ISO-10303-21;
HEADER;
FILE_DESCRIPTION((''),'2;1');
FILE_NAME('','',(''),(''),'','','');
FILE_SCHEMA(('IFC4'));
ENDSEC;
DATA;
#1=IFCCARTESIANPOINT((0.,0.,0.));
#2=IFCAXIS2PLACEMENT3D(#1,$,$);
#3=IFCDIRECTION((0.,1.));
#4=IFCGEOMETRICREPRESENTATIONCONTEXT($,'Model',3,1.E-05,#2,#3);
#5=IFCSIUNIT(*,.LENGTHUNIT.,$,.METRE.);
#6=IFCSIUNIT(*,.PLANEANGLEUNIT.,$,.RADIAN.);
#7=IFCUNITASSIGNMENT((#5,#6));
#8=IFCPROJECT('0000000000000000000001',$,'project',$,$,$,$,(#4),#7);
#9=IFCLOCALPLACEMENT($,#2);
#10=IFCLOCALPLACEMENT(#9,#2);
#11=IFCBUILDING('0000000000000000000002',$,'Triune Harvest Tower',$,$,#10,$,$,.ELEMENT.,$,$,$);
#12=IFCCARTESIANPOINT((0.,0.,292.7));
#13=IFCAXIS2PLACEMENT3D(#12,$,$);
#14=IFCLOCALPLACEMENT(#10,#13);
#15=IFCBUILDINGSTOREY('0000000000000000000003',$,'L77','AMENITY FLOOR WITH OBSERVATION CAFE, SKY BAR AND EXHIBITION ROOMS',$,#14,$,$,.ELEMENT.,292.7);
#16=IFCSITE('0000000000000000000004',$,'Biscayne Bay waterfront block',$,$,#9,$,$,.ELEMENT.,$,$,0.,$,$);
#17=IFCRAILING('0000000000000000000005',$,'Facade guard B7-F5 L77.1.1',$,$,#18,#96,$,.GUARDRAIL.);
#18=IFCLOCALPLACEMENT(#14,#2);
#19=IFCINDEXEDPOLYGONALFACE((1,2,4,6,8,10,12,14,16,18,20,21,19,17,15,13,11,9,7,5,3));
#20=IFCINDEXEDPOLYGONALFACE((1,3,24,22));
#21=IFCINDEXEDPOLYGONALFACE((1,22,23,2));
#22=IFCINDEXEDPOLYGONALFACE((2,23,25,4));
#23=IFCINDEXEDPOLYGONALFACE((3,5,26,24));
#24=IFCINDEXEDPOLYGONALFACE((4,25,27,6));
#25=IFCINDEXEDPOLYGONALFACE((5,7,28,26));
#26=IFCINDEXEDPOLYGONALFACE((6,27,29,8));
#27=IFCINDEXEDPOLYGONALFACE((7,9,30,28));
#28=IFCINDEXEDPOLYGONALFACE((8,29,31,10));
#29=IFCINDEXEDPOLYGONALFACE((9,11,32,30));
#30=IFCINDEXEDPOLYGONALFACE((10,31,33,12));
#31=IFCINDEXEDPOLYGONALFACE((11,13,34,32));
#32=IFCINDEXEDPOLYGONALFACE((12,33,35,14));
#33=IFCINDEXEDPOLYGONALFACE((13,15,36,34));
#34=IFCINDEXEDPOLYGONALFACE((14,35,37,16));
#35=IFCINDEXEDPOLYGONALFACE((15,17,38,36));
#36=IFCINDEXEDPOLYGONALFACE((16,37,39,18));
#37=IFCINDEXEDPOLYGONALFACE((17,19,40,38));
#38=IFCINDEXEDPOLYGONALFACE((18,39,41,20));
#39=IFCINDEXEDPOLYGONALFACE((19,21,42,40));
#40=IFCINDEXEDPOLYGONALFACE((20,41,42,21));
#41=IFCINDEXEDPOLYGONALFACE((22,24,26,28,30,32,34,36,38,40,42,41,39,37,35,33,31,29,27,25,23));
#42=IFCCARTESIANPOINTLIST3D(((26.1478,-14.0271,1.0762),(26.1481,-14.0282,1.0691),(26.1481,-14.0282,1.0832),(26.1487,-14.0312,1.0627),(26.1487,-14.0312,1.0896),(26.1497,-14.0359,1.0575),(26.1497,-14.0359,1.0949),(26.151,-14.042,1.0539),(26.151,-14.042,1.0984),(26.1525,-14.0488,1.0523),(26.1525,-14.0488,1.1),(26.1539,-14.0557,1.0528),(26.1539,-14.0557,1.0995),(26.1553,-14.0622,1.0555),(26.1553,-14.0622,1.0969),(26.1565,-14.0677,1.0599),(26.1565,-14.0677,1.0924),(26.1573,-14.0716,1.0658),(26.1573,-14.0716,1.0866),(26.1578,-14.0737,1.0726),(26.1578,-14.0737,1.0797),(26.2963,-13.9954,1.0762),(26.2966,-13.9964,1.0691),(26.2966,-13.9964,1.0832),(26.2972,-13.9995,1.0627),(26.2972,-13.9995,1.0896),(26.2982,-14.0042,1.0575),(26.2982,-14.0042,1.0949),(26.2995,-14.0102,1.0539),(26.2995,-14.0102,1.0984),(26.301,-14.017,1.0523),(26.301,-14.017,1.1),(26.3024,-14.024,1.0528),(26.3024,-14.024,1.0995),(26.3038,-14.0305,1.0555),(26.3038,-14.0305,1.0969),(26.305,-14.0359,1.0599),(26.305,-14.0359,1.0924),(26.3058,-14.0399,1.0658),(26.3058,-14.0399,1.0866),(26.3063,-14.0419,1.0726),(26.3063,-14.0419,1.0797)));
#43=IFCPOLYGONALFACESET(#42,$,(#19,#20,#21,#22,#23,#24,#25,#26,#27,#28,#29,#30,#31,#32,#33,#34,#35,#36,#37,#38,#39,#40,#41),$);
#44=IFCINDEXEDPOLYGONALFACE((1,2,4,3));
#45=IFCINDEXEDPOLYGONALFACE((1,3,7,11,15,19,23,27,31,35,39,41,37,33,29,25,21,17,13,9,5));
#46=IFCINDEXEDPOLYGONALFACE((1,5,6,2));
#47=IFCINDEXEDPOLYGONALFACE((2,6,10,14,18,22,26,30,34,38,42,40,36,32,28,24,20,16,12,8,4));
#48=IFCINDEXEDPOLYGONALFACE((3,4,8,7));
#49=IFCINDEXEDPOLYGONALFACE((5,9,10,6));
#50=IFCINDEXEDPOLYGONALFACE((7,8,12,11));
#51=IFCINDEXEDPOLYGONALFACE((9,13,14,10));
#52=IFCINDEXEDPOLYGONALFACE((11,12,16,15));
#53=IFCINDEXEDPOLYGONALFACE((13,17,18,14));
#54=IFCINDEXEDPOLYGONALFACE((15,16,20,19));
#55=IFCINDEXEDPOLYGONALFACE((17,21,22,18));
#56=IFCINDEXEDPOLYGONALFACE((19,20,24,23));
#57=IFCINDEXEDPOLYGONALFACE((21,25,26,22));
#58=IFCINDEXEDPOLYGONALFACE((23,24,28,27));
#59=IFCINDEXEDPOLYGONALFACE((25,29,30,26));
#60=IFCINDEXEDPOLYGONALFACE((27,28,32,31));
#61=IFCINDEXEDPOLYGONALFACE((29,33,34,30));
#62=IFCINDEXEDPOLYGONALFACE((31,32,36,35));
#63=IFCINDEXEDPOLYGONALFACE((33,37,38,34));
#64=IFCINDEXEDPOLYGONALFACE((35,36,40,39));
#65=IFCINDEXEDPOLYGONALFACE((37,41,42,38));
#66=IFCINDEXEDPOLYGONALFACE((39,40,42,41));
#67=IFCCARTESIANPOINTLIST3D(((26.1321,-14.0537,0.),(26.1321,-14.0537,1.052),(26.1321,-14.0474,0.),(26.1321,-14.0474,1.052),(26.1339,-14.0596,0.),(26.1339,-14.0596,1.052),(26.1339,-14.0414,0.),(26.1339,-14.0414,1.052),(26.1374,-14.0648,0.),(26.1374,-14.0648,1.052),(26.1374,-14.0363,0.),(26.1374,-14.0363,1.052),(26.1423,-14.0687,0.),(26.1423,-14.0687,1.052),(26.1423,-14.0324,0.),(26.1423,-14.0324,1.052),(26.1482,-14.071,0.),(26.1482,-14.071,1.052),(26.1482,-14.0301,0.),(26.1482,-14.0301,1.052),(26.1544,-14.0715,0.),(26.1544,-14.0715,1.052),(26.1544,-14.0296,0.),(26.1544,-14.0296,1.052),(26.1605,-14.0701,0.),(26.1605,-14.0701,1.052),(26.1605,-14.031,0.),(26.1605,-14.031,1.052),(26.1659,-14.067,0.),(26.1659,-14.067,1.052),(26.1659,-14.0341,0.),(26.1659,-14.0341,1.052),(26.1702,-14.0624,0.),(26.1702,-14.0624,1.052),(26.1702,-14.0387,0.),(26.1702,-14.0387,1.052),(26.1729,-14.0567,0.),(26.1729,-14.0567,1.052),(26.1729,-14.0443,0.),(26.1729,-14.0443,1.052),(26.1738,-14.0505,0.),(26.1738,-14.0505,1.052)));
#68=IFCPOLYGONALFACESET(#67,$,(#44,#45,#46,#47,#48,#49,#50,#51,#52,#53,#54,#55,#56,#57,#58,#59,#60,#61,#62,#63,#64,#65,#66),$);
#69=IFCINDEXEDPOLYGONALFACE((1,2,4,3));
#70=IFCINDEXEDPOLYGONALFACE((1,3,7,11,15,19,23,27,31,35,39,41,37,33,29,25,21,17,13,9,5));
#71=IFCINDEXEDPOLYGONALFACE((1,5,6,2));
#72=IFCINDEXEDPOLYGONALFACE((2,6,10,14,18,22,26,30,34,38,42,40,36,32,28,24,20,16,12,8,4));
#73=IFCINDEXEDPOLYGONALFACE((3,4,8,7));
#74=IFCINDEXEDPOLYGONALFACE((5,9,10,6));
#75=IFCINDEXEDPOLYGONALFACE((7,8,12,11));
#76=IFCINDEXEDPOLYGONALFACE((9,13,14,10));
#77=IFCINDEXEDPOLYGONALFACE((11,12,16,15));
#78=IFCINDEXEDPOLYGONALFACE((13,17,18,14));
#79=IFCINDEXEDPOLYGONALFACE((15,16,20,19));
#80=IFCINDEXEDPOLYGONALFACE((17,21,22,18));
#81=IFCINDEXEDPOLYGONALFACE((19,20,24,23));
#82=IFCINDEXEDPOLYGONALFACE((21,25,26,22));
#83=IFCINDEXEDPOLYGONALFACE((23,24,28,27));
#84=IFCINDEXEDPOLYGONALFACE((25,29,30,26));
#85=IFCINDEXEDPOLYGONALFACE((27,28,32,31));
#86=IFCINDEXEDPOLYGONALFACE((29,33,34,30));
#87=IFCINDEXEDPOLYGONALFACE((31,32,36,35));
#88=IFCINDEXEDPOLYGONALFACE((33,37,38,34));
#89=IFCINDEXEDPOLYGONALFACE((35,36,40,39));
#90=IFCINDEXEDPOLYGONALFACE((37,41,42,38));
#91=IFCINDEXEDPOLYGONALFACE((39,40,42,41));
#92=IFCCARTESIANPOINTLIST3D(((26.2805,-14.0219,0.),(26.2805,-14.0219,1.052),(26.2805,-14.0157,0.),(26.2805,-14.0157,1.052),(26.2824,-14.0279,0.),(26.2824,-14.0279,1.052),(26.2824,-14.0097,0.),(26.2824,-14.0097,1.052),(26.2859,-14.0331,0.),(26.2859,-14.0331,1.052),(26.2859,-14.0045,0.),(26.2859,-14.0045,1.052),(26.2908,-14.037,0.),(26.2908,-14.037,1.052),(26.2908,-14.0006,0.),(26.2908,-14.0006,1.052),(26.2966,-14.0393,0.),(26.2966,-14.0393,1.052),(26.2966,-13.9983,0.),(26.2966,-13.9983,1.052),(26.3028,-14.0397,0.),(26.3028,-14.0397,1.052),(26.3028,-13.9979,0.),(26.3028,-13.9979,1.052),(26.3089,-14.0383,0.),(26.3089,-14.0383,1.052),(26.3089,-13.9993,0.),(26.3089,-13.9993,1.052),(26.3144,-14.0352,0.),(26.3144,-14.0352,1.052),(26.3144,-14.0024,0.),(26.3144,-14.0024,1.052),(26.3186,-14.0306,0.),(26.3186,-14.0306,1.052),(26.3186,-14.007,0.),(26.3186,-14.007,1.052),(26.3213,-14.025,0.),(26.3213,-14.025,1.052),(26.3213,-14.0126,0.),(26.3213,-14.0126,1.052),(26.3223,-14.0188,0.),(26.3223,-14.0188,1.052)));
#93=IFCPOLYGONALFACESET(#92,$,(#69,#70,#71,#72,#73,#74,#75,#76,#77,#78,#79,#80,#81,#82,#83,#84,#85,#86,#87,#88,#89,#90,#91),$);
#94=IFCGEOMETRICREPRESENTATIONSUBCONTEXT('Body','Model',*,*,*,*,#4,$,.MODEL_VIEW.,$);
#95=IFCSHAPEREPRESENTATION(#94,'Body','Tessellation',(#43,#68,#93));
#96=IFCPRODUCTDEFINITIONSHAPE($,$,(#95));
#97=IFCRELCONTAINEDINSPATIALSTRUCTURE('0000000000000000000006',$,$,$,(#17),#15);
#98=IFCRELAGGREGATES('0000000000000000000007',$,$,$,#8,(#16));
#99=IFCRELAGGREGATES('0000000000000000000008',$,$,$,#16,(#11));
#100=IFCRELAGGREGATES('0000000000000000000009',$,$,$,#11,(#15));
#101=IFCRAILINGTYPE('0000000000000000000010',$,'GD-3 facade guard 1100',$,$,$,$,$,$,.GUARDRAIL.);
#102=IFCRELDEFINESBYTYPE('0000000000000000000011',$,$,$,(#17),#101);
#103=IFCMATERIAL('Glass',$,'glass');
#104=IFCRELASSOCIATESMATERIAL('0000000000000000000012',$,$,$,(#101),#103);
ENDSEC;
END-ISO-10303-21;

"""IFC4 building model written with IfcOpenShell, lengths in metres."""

from ifc_helpers import new_model, si_unit, direction, frame, origin, origin_2d, place, context, subcontext, project, spatial, circle, extrude, material, type_object, element, save


model = new_model("IFC4")

# Units and contexts
model_context = context("Model", 3, precision=1e-05, world=origin(), true_north=direction((0.0, 1.0)))
body_context = subcontext(model_context, "Body", "Model", "MODEL_VIEW")
ifc_project = project(units=[si_unit("LENGTHUNIT", "METRE"), si_unit("PLANEANGLEUNIT", "RADIAN")], contexts=[model_context])

# Site, building, storey
site_placement = place(None, origin())
site = spatial("IfcSite", under=ifc_project, at=site_placement, Name="Biscayne Bay waterfront block", CompositionType="ELEMENT", RefElevation=0.0)
building_placement = place(site_placement, origin())
building = spatial("IfcBuilding", under=site, at=building_placement, Name="Triune Harvest Tower", CompositionType="ELEMENT")
storey_placement = place(building_placement, frame((0.0, 0.0, 292.7)))
storey = spatial("IfcBuildingStorey", under=building, at=storey_placement, Name="L77", Description="AMENITY FLOOR WITH OBSERVATION CAFE, SKY BAR AND EXHIBITION ROOMS", CompositionType="ELEMENT", Elevation=292.7)

# Railing
ifc_material_1 = material(Name="Glass", Category="glass")
railing_type = type_object("IfcRailingType", Name="GD-3 facade guard 1100", PredefinedType="GUARDRAIL", material=ifc_material_1)
railing_placement = place(storey_placement, frame((26.1528, -14.0505, 0.0)))
element("IfcRailing", 1, at=railing_placement, inside=storey, type_object=railing_type, Name="Facade guard B7-F5 L77.1.1", PredefinedType="GUARDRAIL", context=body_context, shape_type="SweptSolid", body=[
    extrude(circle(Radius=0.0239, at=origin_2d()), frame((0.0, 0.0, 1.0762), z_axis=(0.977896, 0.20909, 0.0), x_axis=(-0.20909, 0.977896, 0.0)), (0.0, 0.0, 1.0), 0.1519),
    extrude(circle(Radius=0.021, at=origin_2d()), origin(), (0.0, 0.0, 1.0), 1.052),
    extrude(circle(Radius=0.021, at=origin_2d()), frame((0.1484, 0.0317, 0.0)), (0.0, 0.0, 1.0), 1.052),
])

save(model, "model.ifc")
